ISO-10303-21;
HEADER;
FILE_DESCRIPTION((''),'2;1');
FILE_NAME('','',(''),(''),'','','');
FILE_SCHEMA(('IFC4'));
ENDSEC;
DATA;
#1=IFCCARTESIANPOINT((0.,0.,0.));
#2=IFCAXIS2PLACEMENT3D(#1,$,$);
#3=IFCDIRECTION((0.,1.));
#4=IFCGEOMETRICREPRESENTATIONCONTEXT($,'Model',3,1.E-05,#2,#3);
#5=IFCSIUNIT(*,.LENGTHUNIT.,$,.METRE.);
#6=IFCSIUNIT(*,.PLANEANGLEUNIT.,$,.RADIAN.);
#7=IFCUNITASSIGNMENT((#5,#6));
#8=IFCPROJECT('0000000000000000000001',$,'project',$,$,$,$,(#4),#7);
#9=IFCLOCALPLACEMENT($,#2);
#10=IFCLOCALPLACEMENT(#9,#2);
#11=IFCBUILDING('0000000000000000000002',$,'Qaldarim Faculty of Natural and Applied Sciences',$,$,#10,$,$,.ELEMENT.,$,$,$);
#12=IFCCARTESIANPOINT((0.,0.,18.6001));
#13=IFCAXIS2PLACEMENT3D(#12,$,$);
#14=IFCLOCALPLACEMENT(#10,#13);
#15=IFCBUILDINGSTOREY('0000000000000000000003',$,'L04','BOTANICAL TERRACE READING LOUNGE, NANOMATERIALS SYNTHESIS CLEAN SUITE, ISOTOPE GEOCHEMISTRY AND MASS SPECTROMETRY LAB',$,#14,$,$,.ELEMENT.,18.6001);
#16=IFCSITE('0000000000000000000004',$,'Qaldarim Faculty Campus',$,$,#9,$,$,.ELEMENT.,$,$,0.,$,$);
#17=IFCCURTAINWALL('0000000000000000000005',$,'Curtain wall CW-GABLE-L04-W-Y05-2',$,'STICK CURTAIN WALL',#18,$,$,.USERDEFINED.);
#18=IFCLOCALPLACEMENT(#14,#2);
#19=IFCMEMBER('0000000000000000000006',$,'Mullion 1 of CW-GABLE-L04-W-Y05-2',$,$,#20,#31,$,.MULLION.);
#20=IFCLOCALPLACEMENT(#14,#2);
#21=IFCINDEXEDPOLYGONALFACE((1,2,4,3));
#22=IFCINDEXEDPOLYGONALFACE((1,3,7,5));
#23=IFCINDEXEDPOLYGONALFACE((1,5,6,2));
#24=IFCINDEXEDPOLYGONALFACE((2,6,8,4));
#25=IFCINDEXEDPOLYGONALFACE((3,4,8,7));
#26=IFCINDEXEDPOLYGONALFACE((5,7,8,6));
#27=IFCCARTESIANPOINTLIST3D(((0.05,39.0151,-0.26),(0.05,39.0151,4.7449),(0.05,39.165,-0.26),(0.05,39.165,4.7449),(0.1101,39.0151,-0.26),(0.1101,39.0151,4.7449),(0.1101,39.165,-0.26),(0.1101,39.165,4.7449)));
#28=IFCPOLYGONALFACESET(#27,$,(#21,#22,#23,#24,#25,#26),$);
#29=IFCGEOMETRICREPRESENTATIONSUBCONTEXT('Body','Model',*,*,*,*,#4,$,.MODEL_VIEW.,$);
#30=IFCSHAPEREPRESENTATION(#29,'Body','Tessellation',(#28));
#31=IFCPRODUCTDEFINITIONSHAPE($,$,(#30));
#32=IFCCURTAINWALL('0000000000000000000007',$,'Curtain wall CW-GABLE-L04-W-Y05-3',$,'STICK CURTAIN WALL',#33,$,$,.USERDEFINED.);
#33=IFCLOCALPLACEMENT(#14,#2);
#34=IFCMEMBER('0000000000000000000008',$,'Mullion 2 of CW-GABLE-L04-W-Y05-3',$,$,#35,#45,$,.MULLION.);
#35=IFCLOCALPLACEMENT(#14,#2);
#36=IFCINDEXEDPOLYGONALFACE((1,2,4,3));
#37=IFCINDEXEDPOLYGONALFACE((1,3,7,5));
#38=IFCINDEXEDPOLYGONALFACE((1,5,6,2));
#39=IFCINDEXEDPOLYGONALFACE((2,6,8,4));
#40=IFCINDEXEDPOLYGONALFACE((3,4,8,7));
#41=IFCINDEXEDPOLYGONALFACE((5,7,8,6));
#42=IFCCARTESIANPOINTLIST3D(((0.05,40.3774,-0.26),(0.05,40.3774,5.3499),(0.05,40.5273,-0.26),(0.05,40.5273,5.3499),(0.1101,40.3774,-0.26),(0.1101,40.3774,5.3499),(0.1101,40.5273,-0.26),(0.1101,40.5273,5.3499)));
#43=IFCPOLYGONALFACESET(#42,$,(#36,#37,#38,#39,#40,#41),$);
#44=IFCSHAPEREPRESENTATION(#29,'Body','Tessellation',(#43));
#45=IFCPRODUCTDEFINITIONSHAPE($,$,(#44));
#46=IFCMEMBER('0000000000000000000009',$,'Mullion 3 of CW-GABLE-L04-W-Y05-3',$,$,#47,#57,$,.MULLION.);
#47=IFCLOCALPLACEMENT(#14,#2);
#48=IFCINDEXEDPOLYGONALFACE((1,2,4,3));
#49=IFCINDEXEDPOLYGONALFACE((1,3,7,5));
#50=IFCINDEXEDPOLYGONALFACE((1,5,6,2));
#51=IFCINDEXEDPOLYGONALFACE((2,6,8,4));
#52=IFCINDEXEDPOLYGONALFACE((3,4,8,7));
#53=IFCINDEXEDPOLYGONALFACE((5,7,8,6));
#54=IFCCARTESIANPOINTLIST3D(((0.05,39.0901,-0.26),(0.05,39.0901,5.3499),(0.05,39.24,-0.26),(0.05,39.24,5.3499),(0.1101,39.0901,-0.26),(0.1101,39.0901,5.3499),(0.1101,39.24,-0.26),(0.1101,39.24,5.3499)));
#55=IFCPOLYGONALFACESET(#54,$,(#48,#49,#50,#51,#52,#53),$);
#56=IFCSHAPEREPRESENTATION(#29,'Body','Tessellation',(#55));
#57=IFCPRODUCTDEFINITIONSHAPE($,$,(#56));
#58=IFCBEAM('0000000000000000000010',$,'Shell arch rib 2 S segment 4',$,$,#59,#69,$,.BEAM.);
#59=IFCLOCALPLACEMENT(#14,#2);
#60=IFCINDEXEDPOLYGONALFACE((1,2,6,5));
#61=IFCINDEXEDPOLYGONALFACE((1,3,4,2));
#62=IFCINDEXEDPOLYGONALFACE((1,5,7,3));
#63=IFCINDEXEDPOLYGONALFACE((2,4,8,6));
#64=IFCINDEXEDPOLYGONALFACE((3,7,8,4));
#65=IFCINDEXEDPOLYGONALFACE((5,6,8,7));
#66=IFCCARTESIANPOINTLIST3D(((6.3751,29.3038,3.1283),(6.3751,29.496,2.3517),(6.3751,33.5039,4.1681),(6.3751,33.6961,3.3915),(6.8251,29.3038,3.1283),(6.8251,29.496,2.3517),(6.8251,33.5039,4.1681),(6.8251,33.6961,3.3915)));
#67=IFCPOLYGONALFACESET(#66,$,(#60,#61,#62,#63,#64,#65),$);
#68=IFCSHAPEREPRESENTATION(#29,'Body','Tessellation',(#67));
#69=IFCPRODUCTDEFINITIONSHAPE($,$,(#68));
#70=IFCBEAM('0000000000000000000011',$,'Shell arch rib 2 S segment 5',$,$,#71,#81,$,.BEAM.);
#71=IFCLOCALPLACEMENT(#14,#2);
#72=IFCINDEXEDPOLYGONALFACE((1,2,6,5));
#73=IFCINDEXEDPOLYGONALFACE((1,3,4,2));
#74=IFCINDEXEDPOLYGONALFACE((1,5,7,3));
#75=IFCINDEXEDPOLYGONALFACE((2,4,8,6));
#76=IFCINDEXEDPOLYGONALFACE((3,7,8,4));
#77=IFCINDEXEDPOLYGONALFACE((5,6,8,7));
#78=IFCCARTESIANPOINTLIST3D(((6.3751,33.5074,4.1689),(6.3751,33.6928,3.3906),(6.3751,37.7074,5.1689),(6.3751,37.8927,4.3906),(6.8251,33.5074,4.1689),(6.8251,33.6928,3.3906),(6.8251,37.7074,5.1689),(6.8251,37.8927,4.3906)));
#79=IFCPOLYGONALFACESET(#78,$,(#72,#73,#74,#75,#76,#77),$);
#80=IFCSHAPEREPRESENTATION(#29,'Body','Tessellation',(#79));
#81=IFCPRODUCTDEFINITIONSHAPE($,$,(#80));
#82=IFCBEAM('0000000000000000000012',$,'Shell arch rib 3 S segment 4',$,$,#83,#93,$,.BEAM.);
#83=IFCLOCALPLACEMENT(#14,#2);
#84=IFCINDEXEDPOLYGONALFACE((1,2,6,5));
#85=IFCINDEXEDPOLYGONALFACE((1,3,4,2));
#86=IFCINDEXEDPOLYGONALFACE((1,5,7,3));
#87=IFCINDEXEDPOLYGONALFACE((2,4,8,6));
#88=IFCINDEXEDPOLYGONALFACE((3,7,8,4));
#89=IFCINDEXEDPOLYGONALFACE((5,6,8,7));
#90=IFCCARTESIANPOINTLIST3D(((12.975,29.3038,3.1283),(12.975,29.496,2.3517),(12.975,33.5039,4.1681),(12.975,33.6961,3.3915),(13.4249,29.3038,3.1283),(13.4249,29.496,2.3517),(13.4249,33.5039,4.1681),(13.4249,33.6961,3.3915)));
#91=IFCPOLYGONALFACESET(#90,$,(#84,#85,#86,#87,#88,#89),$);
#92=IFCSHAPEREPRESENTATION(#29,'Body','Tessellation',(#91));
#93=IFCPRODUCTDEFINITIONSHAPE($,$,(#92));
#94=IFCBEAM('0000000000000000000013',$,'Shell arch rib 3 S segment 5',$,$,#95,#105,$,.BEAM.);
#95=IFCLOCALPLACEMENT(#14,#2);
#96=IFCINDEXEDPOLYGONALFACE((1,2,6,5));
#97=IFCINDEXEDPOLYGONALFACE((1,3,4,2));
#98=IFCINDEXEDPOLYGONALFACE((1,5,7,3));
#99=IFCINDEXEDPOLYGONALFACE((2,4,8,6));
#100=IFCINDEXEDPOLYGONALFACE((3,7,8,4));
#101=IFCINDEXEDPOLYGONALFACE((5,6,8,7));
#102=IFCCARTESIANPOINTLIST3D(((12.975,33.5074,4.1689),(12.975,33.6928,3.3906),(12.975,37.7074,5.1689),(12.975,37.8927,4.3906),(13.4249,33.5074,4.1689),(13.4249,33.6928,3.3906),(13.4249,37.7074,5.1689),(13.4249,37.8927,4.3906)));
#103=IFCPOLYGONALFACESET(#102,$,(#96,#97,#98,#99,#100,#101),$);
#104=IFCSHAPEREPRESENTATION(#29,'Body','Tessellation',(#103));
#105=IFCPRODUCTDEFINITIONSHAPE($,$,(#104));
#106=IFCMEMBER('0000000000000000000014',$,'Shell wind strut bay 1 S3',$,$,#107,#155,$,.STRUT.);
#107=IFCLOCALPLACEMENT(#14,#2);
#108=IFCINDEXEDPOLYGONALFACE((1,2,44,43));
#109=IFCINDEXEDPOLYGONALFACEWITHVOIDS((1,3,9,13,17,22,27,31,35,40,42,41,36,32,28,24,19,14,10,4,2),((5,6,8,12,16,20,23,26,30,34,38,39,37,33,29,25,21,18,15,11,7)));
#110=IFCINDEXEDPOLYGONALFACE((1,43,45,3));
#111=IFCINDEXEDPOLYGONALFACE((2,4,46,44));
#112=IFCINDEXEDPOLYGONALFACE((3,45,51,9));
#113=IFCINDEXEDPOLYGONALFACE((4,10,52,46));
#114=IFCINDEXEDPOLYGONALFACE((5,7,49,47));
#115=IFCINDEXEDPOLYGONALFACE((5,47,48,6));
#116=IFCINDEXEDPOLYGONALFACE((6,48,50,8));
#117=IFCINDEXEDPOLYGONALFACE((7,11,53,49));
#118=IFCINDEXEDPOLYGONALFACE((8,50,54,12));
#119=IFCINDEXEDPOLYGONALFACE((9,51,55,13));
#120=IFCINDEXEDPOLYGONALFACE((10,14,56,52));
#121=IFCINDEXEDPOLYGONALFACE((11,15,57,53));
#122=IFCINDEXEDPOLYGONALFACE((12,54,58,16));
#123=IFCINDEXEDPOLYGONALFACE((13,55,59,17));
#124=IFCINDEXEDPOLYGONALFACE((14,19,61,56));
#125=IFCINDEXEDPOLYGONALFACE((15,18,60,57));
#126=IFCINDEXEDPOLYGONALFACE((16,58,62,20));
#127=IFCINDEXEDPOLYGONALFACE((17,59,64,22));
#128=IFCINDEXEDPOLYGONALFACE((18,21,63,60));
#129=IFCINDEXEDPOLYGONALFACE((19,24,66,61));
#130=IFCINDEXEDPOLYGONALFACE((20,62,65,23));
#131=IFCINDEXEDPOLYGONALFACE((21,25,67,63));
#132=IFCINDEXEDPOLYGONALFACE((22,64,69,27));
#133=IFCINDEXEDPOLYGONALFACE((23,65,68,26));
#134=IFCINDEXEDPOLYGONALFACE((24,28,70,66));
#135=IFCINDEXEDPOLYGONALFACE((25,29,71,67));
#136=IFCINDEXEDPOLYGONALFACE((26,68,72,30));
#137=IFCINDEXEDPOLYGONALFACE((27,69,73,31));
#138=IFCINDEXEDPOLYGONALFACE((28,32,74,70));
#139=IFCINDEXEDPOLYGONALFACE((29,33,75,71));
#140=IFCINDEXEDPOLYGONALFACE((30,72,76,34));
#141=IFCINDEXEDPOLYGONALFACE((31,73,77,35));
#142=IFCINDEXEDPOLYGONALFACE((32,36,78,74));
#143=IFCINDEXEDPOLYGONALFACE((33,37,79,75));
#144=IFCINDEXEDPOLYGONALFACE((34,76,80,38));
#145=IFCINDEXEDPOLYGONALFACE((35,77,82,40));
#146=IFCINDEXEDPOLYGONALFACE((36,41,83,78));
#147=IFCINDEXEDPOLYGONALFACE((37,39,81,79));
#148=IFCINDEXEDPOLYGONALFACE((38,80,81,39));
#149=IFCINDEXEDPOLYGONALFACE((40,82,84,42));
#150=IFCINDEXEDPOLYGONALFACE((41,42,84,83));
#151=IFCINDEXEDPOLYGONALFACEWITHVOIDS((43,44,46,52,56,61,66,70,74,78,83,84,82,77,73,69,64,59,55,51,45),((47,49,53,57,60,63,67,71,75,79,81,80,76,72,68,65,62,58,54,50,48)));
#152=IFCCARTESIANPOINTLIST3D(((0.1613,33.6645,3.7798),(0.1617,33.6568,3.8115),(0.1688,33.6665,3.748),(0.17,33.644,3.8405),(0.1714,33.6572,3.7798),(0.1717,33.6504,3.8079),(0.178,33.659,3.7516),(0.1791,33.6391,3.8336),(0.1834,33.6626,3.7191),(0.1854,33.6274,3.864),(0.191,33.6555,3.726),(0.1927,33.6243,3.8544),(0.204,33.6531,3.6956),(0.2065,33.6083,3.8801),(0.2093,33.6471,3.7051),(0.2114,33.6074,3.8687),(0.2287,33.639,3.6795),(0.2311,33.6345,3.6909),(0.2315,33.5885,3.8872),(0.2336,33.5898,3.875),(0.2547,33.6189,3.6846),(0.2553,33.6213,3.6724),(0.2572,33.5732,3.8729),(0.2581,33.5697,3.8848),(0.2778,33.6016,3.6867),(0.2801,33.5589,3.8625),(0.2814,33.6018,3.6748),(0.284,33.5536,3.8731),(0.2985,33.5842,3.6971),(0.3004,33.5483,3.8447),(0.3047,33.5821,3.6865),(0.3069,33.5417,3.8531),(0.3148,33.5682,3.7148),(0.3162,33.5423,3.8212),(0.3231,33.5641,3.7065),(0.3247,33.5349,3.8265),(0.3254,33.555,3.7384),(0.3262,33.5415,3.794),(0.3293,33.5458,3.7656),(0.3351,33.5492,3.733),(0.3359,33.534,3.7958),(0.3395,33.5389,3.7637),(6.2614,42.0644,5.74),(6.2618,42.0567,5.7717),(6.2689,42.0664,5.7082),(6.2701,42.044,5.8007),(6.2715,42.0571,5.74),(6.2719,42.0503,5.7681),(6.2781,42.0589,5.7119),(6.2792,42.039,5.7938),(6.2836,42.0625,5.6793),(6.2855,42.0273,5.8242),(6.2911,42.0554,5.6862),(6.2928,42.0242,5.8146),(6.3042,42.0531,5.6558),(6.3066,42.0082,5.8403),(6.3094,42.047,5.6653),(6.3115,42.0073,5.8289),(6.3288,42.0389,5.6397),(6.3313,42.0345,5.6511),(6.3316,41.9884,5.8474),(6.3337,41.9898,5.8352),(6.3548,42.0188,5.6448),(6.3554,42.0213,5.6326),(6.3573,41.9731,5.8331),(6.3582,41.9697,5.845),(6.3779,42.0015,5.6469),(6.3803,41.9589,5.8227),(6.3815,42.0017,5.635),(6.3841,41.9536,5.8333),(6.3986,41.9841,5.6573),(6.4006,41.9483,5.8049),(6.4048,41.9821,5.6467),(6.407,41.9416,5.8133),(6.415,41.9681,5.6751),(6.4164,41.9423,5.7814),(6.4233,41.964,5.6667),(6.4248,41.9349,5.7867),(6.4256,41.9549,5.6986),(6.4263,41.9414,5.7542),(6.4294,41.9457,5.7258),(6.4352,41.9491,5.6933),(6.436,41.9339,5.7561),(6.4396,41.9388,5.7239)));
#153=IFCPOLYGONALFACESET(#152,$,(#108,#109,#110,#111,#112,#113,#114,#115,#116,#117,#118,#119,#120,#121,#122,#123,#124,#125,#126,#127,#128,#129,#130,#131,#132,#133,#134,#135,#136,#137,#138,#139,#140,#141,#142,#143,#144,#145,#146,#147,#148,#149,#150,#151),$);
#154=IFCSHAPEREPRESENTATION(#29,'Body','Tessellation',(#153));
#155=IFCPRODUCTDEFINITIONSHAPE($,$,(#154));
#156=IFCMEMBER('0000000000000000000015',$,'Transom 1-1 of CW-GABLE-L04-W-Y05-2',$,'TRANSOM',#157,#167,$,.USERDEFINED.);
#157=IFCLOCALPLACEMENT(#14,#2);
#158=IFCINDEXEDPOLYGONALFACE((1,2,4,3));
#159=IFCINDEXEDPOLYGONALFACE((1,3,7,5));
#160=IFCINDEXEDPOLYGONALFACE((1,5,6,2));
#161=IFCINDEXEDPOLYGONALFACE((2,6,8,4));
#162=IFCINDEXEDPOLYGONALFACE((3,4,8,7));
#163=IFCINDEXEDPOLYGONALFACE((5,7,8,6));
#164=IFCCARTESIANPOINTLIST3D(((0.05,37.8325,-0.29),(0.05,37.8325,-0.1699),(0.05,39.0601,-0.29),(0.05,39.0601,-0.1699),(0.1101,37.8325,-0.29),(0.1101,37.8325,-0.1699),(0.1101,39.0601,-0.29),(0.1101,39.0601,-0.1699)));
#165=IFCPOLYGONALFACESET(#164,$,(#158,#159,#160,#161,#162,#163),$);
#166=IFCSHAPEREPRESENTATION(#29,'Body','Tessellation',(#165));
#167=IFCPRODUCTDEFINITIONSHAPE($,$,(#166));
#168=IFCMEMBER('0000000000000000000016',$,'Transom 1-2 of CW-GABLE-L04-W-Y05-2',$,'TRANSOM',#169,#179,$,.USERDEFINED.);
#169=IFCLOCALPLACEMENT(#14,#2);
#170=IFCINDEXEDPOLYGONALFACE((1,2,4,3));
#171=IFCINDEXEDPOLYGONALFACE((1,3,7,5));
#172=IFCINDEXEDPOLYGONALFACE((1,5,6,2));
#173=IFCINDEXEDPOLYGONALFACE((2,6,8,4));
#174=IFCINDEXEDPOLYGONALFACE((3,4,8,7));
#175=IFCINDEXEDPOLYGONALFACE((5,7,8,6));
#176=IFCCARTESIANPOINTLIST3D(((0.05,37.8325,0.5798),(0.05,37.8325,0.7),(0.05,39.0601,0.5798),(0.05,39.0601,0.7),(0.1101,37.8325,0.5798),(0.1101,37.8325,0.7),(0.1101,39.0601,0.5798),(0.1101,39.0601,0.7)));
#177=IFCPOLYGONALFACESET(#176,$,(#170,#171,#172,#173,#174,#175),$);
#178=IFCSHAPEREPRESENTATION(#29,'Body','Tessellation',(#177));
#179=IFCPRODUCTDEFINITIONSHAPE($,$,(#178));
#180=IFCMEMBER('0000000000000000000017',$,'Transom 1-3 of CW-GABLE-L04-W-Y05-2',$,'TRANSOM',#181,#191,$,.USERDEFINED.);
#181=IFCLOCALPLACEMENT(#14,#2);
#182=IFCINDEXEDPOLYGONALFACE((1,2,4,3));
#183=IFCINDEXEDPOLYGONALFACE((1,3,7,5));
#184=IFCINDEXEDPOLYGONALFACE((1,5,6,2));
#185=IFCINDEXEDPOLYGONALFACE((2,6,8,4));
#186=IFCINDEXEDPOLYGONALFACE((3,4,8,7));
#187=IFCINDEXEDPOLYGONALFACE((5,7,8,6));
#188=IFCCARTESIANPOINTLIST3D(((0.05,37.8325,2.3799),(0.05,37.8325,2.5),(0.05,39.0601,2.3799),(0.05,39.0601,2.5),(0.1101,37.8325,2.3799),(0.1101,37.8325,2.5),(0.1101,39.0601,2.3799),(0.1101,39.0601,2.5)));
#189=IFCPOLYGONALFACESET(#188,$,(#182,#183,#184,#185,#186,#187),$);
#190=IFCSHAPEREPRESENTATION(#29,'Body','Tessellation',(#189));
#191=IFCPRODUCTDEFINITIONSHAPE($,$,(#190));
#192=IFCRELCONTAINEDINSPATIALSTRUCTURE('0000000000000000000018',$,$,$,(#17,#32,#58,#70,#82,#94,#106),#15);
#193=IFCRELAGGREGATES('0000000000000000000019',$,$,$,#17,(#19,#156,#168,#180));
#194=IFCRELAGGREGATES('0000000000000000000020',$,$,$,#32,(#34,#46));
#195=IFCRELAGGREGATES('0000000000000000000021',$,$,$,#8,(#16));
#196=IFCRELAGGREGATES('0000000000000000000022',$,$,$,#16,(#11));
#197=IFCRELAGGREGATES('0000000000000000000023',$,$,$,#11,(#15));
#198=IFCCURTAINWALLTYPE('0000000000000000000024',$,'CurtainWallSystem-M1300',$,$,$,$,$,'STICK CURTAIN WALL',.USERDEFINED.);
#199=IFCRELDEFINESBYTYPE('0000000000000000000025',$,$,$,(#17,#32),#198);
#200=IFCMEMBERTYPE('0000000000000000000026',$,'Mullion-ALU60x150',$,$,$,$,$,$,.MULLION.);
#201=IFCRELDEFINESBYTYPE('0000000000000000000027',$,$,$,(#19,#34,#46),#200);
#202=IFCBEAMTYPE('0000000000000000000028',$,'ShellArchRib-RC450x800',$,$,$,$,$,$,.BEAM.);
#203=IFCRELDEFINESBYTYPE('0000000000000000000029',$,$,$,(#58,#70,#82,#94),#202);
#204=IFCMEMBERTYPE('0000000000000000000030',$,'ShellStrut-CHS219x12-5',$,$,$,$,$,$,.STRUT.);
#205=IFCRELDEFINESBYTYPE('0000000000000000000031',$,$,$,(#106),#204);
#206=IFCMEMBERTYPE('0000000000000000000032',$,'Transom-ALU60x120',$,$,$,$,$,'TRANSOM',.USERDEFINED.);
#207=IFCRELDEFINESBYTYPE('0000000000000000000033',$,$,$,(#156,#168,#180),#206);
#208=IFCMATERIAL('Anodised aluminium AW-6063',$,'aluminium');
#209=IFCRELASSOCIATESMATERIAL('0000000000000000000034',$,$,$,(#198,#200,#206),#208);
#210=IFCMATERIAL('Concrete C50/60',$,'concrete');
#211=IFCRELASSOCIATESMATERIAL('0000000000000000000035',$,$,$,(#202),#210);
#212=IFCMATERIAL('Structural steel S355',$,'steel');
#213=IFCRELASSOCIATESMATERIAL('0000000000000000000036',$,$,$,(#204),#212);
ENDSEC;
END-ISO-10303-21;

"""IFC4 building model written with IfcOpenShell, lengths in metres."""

from ifc_helpers import new_model, si_unit, direction, frame, origin, origin_2d, place, context, subcontext, project, spatial, rectangle, hollow_circle, extrude, material, material_profile, profile_set, type_object, element, aggregate, save


model = new_model("IFC4")

# Units and contexts
model_context = context("Model", 3, precision=1e-05, world=origin(), true_north=direction((0.0, 1.0)))
body_context = subcontext(model_context, "Body", "Model", "MODEL_VIEW")
ifc_project = project(units=[si_unit("LENGTHUNIT", "METRE"), si_unit("PLANEANGLEUNIT", "RADIAN")], contexts=[model_context])

# Site, building, storey
site_placement = place(None, origin())
site = spatial("IfcSite", under=ifc_project, at=site_placement, Name="Qaldarim Faculty Campus", CompositionType="ELEMENT", RefElevation=0.0)
building_placement = place(site_placement, origin())
building = spatial("IfcBuilding", under=site, at=building_placement, Name="Qaldarim Faculty of Natural and Applied Sciences", CompositionType="ELEMENT")
storey_placement = place(building_placement, frame((0.0, 0.0, 18.6001)))
storey = spatial("IfcBuildingStorey", under=building, at=storey_placement, Name="L04", Description="BOTANICAL TERRACE READING LOUNGE, NANOMATERIALS SYNTHESIS CLEAN SUITE, ISOTOPE GEOCHEMISTRY AND MASS SPECTROMETRY LAB", CompositionType="ELEMENT", Elevation=18.6001)

# Curtain wall, member
ifc_material_1 = material(Name="Anodised aluminium AW-6063", Category="aluminium")
curtain_wall_type = type_object("IfcCurtainWallType", Name="CurtainWallSystem-M1300", ElementType="STICK CURTAIN WALL", PredefinedType="USERDEFINED", material=ifc_material_1)
curtain_wall_1_placement = place(storey_placement, origin())
curtain_wall_1 = element("IfcCurtainWall", 1, at=curtain_wall_1_placement, inside=storey, type_object=curtain_wall_type, Name="Curtain wall CW-GABLE-L04-W-Y05-2", ObjectType="STICK CURTAIN WALL", PredefinedType="USERDEFINED")
ifc_material_profile_1 = material_profile(ifc_material_1, rectangle(XDim=0.0601, YDim=0.1499, at=origin_2d()), Name="ALU-M60x150")
ifc_profile_set_1 = profile_set([ifc_material_profile_1], Name="Anodised aluminium AW-6063")
member_type_1 = type_object("IfcMemberType", Name="Mullion-ALU60x150", PredefinedType="MULLION", material=ifc_profile_set_1)
member_1_placement = place(storey_placement, frame((0.0801, 39.0901, -0.26), z_axis=(0.0, 0.0, 1.0), x_axis=(1.0, 0.0, 0.0)))
member_1 = element("IfcMember", 2, at=member_1_placement, type_object=member_type_1, Name="Mullion 1 of CW-GABLE-L04-W-Y05-2", PredefinedType="MULLION", context=body_context, shape_type="SweptSolid", body=[
    extrude(rectangle(XDim=0.0601, YDim=0.1499, at=origin_2d()), origin(), (0.0, 0.0, 1.0), 5.0049),
])

# Curtain wall, members
curtain_wall_2_placement = place(storey_placement, origin())
curtain_wall_2 = element("IfcCurtainWall", 3, at=curtain_wall_2_placement, inside=storey, type_object=curtain_wall_type, Name="Curtain wall CW-GABLE-L04-W-Y05-3", ObjectType="STICK CURTAIN WALL", PredefinedType="USERDEFINED")
member_2_placement = place(storey_placement, frame((0.0801, 40.4524, -0.26), z_axis=(0.0, 0.0, 1.0), x_axis=(1.0, 0.0, 0.0)))
member_2 = element("IfcMember", 4, at=member_2_placement, type_object=member_type_1, Name="Mullion 2 of CW-GABLE-L04-W-Y05-3", PredefinedType="MULLION", context=body_context, shape_type="SweptSolid", body=[
    extrude(rectangle(XDim=0.0601, YDim=0.1499, at=origin_2d()), origin(), (0.0, 0.0, 1.0), 5.6099),
])
member_3_placement = place(storey_placement, frame((0.0801, 39.165, -0.26), z_axis=(0.0, 0.0, 1.0), x_axis=(1.0, 0.0, 0.0)))
member_3 = element("IfcMember", 5, at=member_3_placement, type_object=member_type_1, Name="Mullion 3 of CW-GABLE-L04-W-Y05-3", PredefinedType="MULLION", context=body_context, shape_type="SweptSolid", body=[
    extrude(rectangle(XDim=0.0601, YDim=0.1499, at=origin_2d()), origin(), (0.0, 0.0, 1.0), 5.6099),
])

# Beams
ifc_material_2 = material(Name="Concrete C50/60", Category="concrete")
ifc_material_profile_2 = material_profile(ifc_material_2, rectangle(XDim=0.45, YDim=0.8, at=origin_2d()), Name="RC-RIB450x800")
ifc_profile_set_2 = profile_set([ifc_material_profile_2], Name="Concrete C50/60")
beam_type = type_object("IfcBeamType", Name="ShellArchRib-RC450x800", PredefinedType="BEAM", material=ifc_profile_set_2)
beam_1_placement = place(storey_placement, frame((6.6001, 29.3999, 2.74), z_axis=(0.0, 0.970698, 0.240305), x_axis=(-1.0, 0.0, 0.0)))
element("IfcBeam", 6, at=beam_1_placement, inside=storey, type_object=beam_type, Name="Shell arch rib 2 S segment 4", PredefinedType="BEAM", context=body_context, shape_type="SweptSolid", body=[
    extrude(rectangle(XDim=0.45, YDim=0.8, at=origin_2d()), origin(), (0.0, 0.0, 1.0), 4.3269),
])
beam_2_placement = place(storey_placement, frame((6.6001, 33.6001, 3.7798), z_axis=(0.0, 0.972806, 0.231623), x_axis=(-1.0, 0.0, 0.0)))
element("IfcBeam", 7, at=beam_2_placement, inside=storey, type_object=beam_type, Name="Shell arch rib 2 S segment 5", PredefinedType="BEAM", context=body_context, shape_type="SweptSolid", body=[
    extrude(rectangle(XDim=0.45, YDim=0.8, at=origin_2d()), origin(), (0.0, 0.0, 1.0), 4.3174),
])
beam_3_placement = place(storey_placement, frame((13.2, 29.3999, 2.74), z_axis=(0.0, 0.970698, 0.240305), x_axis=(-1.0, 0.0, 0.0)))
element("IfcBeam", 8, at=beam_3_placement, inside=storey, type_object=beam_type, Name="Shell arch rib 3 S segment 4", PredefinedType="BEAM", context=body_context, shape_type="SweptSolid", body=[
    extrude(rectangle(XDim=0.45, YDim=0.8, at=origin_2d()), origin(), (0.0, 0.0, 1.0), 4.3269),
])
beam_4_placement = place(storey_placement, frame((13.2, 33.6001, 3.7798), z_axis=(0.0, 0.972806, 0.231623), x_axis=(-1.0, 0.0, 0.0)))
element("IfcBeam", 9, at=beam_4_placement, inside=storey, type_object=beam_type, Name="Shell arch rib 3 S segment 5", PredefinedType="BEAM", context=body_context, shape_type="SweptSolid", body=[
    extrude(rectangle(XDim=0.45, YDim=0.8, at=origin_2d()), origin(), (0.0, 0.0, 1.0), 4.3174),
])

# Members
ifc_material_3 = material(Name="Structural steel S355", Category="steel")
ifc_material_profile_3 = material_profile(ifc_material_3, hollow_circle(Radius=0.1096, WallThickness=0.0125, at=origin_2d()), Name="CHS 219.1x12.5")
ifc_profile_set_3 = profile_set([ifc_material_profile_3], Name="Structural steel S355")
member_type_2 = type_object("IfcMemberType", Name="ShellStrut-CHS219x12-5", PredefinedType="STRUT", material=ifc_profile_set_3)
member_4_placement = place(storey_placement, frame((0.25, 33.6001, 3.7798), z_axis=(0.577406, 0.795095, 0.185544), x_axis=(-0.809145, 0.587609, 0.0)))
element("IfcMember", 10, at=member_4_placement, inside=storey, type_object=member_type_2, Name="Shell wind strut bay 1 S3", PredefinedType="STRUT", context=body_context, shape_type="SweptSolid", body=[
    extrude(hollow_circle(Radius=0.1096, WallThickness=0.0125, at=origin_2d()), origin(), (0.0, 0.0, 1.0), 10.5647),
])
ifc_material_profile_4 = material_profile(ifc_material_1, rectangle(XDim=0.0601, YDim=0.1201, at=origin_2d()), Name="ALU-T60x120")
ifc_profile_set_4 = profile_set([ifc_material_profile_4], Name="Anodised aluminium AW-6063")
member_type_3 = type_object("IfcMemberType", Name="Transom-ALU60x120", ElementType="TRANSOM", PredefinedType="USERDEFINED", material=ifc_profile_set_4)
member_5_placement = place(storey_placement, frame((0.0801, 39.0601, -0.23), z_axis=(0.0, -1.0, 0.0), x_axis=(1.0, 0.0, 0.0)))
member_5 = element("IfcMember", 11, at=member_5_placement, type_object=member_type_3, Name="Transom 1-1 of CW-GABLE-L04-W-Y05-2", ObjectType="TRANSOM", PredefinedType="USERDEFINED", context=body_context, shape_type="SweptSolid", body=[
    extrude(rectangle(XDim=0.0601, YDim=0.1201, at=origin_2d()), origin(), (0.0, 0.0, 1.0), 1.2275),
])
member_6_placement = place(storey_placement, frame((0.0801, 39.0601, 0.6399), z_axis=(0.0, -1.0, 0.0), x_axis=(1.0, 0.0, 0.0)))
member_6 = element("IfcMember", 12, at=member_6_placement, type_object=member_type_3, Name="Transom 1-2 of CW-GABLE-L04-W-Y05-2", ObjectType="TRANSOM", PredefinedType="USERDEFINED", context=body_context, shape_type="SweptSolid", body=[
    extrude(rectangle(XDim=0.0601, YDim=0.1201, at=origin_2d()), origin(), (0.0, 0.0, 1.0), 1.2275),
])
member_7_placement = place(storey_placement, frame((0.0801, 39.0601, 2.4399), z_axis=(0.0, -1.0, 0.0), x_axis=(1.0, 0.0, 0.0)))
member_7 = element("IfcMember", 13, at=member_7_placement, type_object=member_type_3, Name="Transom 1-3 of CW-GABLE-L04-W-Y05-2", ObjectType="TRANSOM", PredefinedType="USERDEFINED", context=body_context, shape_type="SweptSolid", body=[
    extrude(rectangle(XDim=0.0601, YDim=0.1201, at=origin_2d()), origin(), (0.0, 0.0, 1.0), 1.2275),
])
aggregate(curtain_wall_1, [member_1, member_5, member_6, member_7])

aggregate(curtain_wall_2, [member_2, member_3])

save(model, "model.ifc")
